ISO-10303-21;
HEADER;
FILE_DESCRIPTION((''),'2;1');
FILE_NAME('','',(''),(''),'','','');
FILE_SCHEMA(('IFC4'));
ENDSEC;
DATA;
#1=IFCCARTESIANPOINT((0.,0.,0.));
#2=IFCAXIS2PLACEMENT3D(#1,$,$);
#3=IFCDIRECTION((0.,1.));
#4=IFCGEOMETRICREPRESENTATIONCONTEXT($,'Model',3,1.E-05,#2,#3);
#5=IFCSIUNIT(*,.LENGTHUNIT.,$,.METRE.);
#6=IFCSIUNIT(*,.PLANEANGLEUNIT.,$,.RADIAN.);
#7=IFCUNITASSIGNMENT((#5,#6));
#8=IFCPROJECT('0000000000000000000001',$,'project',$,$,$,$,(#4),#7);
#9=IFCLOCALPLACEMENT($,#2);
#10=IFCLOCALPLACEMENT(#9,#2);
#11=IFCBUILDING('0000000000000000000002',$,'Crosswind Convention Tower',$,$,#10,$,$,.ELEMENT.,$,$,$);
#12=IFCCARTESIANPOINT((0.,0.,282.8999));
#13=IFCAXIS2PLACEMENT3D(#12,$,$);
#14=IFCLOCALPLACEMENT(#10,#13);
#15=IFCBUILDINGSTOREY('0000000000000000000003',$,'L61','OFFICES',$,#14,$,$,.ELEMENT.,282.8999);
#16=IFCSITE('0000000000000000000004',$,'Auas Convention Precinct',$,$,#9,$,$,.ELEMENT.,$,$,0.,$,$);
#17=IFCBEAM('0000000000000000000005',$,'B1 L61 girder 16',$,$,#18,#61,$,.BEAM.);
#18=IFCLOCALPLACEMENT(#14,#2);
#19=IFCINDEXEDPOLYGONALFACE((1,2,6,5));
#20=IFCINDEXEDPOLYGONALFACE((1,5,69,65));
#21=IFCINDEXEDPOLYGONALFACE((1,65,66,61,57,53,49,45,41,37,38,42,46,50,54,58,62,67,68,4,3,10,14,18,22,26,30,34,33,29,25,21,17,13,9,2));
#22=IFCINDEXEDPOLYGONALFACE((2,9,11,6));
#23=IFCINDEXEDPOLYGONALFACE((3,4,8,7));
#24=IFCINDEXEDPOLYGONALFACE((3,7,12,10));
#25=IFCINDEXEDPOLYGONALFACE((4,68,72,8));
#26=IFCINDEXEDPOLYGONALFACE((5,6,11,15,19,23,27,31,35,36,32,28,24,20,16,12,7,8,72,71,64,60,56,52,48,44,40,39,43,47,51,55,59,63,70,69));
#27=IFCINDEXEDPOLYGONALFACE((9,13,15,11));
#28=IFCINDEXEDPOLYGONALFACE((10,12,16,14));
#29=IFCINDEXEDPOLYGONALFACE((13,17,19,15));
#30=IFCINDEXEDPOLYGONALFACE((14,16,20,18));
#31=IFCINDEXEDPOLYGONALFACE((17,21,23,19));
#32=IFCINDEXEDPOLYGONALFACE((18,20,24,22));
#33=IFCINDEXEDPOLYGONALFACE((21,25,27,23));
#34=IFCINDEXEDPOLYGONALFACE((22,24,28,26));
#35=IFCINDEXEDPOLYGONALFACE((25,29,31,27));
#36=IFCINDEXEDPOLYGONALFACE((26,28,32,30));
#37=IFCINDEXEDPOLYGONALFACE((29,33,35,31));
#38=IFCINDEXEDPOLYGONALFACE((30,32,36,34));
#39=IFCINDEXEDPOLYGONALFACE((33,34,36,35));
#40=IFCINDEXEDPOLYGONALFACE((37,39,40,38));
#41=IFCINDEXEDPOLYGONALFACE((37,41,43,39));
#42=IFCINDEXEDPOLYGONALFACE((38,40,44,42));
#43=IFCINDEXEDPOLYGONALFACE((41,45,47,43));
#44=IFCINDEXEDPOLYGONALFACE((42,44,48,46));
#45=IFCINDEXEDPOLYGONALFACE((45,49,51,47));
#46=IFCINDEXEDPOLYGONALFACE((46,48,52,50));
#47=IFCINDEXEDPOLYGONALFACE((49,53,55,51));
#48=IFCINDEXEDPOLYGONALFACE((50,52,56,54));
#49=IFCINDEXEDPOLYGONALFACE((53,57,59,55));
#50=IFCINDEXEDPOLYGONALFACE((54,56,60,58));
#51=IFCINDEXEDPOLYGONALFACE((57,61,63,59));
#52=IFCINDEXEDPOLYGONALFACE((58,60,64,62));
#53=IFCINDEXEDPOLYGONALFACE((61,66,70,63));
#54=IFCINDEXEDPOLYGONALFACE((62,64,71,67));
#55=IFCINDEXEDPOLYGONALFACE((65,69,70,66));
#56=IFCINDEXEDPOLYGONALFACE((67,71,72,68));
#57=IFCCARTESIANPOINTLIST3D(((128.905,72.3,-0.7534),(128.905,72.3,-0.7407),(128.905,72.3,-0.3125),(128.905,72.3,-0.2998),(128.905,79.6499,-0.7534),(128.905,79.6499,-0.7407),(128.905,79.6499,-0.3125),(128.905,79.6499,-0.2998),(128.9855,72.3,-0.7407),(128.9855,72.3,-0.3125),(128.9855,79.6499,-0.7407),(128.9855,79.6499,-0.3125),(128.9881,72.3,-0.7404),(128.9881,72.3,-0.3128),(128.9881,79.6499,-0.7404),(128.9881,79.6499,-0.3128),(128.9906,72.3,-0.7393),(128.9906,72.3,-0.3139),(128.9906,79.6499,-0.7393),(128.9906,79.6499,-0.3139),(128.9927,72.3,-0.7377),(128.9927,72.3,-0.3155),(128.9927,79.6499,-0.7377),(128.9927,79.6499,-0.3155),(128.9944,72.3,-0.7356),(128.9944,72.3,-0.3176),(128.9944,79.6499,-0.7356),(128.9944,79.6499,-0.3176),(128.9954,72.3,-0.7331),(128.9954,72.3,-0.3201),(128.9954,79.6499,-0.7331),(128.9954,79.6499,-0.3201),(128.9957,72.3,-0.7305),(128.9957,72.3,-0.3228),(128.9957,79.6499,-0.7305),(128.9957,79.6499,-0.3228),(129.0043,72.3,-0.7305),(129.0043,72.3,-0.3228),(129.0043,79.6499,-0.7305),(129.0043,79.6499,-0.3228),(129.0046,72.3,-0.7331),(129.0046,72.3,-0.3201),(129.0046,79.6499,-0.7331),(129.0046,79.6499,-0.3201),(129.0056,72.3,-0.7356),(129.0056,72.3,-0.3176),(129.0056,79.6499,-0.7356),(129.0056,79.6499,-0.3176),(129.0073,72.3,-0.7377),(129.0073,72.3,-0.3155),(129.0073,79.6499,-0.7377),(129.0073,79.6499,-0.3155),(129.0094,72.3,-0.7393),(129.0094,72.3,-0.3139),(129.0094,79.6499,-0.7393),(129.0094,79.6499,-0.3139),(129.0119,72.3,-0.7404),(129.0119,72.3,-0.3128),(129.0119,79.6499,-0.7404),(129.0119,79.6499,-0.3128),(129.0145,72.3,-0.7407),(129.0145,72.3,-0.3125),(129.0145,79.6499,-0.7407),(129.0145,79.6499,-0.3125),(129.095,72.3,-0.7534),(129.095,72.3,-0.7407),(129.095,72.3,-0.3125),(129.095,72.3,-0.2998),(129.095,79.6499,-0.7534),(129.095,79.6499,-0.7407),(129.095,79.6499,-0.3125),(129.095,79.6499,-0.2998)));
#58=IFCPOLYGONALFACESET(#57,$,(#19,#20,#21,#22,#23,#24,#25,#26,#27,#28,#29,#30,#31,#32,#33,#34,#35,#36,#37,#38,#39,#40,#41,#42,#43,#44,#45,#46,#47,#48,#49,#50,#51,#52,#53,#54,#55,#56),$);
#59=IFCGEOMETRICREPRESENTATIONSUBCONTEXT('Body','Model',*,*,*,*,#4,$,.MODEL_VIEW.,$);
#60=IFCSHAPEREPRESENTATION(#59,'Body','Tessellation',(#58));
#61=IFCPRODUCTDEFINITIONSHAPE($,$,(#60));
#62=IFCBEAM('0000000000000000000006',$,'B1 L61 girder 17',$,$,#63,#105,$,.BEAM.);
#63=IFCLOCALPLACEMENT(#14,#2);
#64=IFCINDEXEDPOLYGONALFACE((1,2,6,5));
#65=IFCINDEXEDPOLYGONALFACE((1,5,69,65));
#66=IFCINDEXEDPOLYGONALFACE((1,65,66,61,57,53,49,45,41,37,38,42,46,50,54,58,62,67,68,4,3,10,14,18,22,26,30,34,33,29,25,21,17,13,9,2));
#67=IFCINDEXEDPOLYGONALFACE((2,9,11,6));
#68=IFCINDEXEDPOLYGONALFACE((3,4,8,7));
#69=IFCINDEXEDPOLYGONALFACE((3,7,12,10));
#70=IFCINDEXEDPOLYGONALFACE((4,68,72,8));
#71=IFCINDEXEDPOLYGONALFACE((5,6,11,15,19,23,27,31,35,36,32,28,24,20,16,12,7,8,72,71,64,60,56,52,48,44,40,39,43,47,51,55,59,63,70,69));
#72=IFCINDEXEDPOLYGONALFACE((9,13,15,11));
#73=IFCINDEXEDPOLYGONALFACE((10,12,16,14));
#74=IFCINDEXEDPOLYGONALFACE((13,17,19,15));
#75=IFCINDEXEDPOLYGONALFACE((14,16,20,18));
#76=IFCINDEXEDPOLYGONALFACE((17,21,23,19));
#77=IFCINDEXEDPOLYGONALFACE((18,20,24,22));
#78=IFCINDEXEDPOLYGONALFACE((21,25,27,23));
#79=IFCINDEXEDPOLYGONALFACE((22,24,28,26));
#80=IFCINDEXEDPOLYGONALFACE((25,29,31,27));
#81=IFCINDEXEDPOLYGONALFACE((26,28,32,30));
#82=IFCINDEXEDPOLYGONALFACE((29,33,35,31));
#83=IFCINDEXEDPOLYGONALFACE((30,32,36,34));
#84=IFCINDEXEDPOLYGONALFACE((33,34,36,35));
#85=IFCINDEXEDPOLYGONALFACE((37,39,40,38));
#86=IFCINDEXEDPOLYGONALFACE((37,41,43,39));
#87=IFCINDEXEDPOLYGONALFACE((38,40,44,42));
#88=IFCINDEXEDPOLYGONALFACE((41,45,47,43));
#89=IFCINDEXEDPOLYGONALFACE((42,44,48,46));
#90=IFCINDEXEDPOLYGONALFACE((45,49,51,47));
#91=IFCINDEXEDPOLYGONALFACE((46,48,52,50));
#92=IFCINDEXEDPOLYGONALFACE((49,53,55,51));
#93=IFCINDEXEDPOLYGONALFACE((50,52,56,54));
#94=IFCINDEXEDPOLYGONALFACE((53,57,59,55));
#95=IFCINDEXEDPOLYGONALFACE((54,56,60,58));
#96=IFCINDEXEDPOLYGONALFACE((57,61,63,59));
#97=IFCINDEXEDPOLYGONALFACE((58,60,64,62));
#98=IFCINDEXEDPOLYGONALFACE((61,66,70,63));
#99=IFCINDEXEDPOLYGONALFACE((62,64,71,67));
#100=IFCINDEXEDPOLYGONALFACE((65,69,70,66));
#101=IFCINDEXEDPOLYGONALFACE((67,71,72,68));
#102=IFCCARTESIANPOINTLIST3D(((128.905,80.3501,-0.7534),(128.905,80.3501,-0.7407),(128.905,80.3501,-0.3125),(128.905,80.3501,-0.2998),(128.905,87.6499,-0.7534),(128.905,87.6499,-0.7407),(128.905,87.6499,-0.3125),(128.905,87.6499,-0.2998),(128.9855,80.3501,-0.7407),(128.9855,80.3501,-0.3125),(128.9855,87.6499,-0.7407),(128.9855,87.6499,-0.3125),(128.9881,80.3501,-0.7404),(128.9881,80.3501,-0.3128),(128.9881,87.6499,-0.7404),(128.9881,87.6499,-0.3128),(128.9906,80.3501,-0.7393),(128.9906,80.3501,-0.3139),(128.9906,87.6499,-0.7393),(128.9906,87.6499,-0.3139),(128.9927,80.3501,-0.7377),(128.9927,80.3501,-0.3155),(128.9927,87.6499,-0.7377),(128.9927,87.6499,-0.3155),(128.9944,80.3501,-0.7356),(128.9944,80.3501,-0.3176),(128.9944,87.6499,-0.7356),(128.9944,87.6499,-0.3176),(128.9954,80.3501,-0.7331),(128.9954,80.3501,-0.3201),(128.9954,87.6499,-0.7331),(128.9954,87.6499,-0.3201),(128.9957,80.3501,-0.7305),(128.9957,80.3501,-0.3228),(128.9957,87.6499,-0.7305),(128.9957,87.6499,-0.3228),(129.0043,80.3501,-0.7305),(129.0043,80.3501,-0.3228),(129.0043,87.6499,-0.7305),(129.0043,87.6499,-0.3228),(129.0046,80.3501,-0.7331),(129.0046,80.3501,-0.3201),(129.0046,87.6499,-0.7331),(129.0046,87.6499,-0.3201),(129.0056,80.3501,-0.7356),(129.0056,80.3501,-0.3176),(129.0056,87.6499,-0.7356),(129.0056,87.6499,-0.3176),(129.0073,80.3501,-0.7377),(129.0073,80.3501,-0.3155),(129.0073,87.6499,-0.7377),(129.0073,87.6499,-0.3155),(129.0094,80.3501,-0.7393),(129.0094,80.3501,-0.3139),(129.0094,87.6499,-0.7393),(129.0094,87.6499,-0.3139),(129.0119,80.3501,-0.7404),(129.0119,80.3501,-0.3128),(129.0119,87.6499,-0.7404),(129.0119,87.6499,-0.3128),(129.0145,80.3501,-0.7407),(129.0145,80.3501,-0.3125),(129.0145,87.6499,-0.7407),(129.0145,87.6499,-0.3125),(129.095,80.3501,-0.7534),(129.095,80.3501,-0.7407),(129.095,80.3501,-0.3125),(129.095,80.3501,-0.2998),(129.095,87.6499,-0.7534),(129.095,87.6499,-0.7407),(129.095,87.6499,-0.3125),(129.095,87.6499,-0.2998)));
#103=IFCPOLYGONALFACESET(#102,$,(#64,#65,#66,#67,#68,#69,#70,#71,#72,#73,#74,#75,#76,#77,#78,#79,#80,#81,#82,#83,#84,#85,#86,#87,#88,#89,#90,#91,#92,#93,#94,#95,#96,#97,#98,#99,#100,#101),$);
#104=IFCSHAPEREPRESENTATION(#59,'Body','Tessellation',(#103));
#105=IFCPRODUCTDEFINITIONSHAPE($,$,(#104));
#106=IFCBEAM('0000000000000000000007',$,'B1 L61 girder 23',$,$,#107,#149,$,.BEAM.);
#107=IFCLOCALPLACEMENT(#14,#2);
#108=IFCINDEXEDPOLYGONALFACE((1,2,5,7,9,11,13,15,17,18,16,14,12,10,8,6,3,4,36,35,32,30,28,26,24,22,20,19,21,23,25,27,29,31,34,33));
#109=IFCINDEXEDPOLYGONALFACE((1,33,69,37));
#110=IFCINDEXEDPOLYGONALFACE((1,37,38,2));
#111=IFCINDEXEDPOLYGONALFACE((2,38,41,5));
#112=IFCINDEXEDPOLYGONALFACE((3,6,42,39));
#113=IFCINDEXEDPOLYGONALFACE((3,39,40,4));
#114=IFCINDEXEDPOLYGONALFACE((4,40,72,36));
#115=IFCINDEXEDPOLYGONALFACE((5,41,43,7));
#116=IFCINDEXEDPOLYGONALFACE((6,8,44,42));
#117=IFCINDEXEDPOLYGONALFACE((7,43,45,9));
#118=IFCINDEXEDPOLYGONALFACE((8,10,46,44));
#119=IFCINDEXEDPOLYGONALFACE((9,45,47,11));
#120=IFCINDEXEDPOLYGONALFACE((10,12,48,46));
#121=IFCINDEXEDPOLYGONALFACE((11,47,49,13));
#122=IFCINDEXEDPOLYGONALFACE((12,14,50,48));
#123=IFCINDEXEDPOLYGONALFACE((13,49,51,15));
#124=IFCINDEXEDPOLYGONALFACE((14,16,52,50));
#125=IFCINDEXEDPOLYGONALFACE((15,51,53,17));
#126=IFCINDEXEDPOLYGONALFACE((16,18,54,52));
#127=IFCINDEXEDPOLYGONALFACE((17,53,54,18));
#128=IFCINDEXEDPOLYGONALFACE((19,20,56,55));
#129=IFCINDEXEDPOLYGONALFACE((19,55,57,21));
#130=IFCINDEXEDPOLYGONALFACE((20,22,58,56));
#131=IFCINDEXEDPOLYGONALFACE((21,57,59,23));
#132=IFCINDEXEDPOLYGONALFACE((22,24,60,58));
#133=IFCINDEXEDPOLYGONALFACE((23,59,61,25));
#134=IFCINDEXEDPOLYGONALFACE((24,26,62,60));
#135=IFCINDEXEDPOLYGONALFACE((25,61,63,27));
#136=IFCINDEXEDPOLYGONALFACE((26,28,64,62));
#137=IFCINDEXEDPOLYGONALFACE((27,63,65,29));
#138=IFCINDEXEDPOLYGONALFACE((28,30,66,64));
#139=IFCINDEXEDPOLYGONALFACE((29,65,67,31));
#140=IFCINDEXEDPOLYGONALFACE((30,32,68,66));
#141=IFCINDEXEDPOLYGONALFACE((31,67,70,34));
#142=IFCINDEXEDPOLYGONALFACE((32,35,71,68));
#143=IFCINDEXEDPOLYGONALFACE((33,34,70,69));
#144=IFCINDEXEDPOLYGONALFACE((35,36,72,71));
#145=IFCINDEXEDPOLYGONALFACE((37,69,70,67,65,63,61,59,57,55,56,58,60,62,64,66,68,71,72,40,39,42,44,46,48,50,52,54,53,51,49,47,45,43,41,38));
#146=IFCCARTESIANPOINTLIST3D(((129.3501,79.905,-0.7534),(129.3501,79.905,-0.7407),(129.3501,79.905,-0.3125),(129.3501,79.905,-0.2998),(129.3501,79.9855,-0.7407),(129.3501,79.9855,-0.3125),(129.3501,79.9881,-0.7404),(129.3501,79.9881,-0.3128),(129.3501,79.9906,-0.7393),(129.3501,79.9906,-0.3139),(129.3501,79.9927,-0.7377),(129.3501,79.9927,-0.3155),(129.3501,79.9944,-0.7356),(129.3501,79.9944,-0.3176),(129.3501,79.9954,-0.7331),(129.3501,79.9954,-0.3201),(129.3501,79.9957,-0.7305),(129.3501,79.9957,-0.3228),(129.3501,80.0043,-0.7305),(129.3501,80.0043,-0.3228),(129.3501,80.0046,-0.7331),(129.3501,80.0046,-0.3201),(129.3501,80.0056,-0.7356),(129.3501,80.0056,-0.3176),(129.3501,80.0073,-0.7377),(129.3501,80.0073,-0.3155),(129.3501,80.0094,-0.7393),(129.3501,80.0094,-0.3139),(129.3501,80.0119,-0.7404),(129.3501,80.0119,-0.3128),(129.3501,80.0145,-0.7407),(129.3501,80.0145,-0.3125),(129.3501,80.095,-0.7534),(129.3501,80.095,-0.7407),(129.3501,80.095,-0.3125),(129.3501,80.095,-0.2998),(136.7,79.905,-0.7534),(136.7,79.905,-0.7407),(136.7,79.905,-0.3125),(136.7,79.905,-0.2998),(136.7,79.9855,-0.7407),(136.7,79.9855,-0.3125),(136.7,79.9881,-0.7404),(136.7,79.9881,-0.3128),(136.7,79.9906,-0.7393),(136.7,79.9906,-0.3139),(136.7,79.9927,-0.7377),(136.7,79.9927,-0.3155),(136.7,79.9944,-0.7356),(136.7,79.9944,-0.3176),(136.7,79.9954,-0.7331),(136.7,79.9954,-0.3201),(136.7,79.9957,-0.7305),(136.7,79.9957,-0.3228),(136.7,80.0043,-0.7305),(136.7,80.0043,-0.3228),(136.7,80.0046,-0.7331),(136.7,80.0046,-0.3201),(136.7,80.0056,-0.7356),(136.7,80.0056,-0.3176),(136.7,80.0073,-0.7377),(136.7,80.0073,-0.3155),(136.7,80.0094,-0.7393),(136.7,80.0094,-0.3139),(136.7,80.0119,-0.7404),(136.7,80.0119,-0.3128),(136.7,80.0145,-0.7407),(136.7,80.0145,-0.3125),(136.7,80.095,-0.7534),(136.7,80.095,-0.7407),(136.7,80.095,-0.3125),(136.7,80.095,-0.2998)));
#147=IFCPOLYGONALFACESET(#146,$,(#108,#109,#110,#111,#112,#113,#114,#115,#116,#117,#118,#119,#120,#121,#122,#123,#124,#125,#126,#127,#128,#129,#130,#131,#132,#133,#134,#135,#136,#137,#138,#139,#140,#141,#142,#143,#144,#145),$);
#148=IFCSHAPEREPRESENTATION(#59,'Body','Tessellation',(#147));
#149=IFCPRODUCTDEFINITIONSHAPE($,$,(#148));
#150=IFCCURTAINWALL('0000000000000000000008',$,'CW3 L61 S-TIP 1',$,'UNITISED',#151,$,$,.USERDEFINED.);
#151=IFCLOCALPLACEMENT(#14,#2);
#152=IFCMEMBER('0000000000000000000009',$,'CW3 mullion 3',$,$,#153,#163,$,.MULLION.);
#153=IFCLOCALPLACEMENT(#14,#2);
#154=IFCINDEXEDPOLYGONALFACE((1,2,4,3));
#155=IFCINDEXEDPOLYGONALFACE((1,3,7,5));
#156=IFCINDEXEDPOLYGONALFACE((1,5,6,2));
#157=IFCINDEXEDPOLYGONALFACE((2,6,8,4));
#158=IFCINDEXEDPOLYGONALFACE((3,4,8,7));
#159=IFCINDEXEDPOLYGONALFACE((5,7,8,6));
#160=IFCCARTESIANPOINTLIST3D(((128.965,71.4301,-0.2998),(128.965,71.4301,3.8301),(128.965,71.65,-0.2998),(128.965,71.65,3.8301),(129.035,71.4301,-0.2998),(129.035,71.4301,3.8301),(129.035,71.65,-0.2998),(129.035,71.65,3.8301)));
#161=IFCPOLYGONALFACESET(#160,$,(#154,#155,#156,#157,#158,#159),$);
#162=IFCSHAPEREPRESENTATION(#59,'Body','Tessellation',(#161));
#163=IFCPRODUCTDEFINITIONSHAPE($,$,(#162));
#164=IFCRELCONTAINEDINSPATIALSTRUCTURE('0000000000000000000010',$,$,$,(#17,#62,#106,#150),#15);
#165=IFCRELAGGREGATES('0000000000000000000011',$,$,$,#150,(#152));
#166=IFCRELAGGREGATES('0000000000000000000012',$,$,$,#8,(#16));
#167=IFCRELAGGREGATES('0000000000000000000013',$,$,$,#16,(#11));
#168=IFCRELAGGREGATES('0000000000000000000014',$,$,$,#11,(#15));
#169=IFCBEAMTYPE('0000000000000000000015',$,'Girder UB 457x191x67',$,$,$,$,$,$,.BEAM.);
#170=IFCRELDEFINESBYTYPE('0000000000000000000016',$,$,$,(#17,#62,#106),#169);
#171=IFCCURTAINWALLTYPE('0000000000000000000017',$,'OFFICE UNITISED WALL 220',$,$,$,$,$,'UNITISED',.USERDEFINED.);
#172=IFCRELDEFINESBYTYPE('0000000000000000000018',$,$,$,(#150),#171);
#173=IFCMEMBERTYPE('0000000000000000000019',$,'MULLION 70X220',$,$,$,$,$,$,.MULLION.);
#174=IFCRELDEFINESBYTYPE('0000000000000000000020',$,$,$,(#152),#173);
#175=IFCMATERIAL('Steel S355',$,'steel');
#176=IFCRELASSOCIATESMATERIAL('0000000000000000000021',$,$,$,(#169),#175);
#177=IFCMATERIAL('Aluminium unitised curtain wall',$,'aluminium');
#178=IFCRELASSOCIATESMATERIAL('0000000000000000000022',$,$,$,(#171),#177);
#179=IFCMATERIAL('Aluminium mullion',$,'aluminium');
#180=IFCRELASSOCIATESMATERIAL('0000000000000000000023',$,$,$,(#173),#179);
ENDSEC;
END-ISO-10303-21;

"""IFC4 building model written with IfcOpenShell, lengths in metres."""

from ifc_helpers import new_model, si_unit, direction, frame, origin, origin_2d, place, context, subcontext, project, spatial, rectangle, i_section, extrude, material, material_profile, profile_set, type_object, element, aggregate, save


model = new_model("IFC4")

# Units and contexts
model_context = context("Model", 3, precision=1e-05, world=origin(), true_north=direction((0.0, 1.0)))
body_context = subcontext(model_context, "Body", "Model", "MODEL_VIEW")
ifc_project = project(units=[si_unit("LENGTHUNIT", "METRE"), si_unit("PLANEANGLEUNIT", "RADIAN")], contexts=[model_context])

# Site, building, storey
site_placement = place(None, origin())
site = spatial("IfcSite", under=ifc_project, at=site_placement, Name="Auas Convention Precinct", CompositionType="ELEMENT", RefElevation=0.0)
building_placement = place(site_placement, origin())
building = spatial("IfcBuilding", under=site, at=building_placement, Name="Crosswind Convention Tower", CompositionType="ELEMENT")
storey_placement = place(building_placement, frame((0.0, 0.0, 282.8999)))
storey = spatial("IfcBuildingStorey", under=building, at=storey_placement, Name="L61", Description="OFFICES", CompositionType="ELEMENT", Elevation=282.8999)

# Beams
ifc_material_1 = material(Name="Steel S355", Category="steel")
ifc_material_profile_1 = material_profile(ifc_material_1, i_section(OverallWidth=0.1899, OverallDepth=0.4536, WebThickness=0.0085, FlangeThickness=0.0127, FilletRadius=0.0103, at=origin_2d()), Name="UB 457x191x67")
ifc_profile_set_1 = profile_set([ifc_material_profile_1], Name="Steel S355")
beam_type_1 = type_object("IfcBeamType", Name="Girder UB 457x191x67", PredefinedType="BEAM", material=ifc_profile_set_1)
beam_1_placement = place(storey_placement, frame((129.0, 72.3, -0.5266), z_axis=(0.0, 1.0, 0.0), x_axis=(-1.0, 0.0, 0.0)))
element("IfcBeam", 1, at=beam_1_placement, inside=storey, type_object=beam_type_1, Name="B1 L61 girder 16", PredefinedType="BEAM", context=body_context, shape_type="SweptSolid", body=[
    extrude(i_section(OverallWidth=0.1899, OverallDepth=0.4536, WebThickness=0.0085, FlangeThickness=0.0127, FilletRadius=0.0103, at=origin_2d()), origin(), (0.0, 0.0, 1.0), 7.3499),
])
beam_2_placement = place(storey_placement, frame((129.0, 80.3501, -0.5266), z_axis=(0.0, 1.0, 0.0), x_axis=(-1.0, 0.0, 0.0)))
element("IfcBeam", 2, at=beam_2_placement, inside=storey, type_object=beam_type_1, Name="B1 L61 girder 17", PredefinedType="BEAM", context=body_context, shape_type="SweptSolid", body=[
    extrude(i_section(OverallWidth=0.1899, OverallDepth=0.4536, WebThickness=0.0085, FlangeThickness=0.0127, FilletRadius=0.0103, at=origin_2d()), origin(), (0.0, 0.0, 1.0), 7.2998),
])
beam_3_placement = place(storey_placement, frame((129.3501, 80.0, -0.5266), z_axis=(1.0, 0.0, 0.0), x_axis=(0.0, 1.0, 0.0)))
element("IfcBeam", 3, at=beam_3_placement, inside=storey, type_object=beam_type_1, Name="B1 L61 girder 23", PredefinedType="BEAM", context=body_context, shape_type="SweptSolid", body=[
    extrude(i_section(OverallWidth=0.1899, OverallDepth=0.4536, WebThickness=0.0085, FlangeThickness=0.0127, FilletRadius=0.0103, at=origin_2d()), origin(), (0.0, 0.0, 1.0), 7.3499),
])

# Curtain wall, member
ifc_material_2 = material(Name="Aluminium unitised curtain wall", Category="aluminium")
curtain_wall_type = type_object("IfcCurtainWallType", Name="OFFICE UNITISED WALL 220", ElementType="UNITISED", PredefinedType="USERDEFINED", material=ifc_material_2)
curtain_wall_placement = place(storey_placement, origin())
curtain_wall = element("IfcCurtainWall", 4, at=curtain_wall_placement, inside=storey, type_object=curtain_wall_type, Name="CW3 L61 S-TIP 1", ObjectType="UNITISED", PredefinedType="USERDEFINED")
ifc_material_3 = material(Name="Aluminium mullion", Category="aluminium")
ifc_material_profile_2 = material_profile(ifc_material_3, rectangle(XDim=0.22, YDim=0.0701, at=origin_2d()), Name="AL 220X70")
ifc_profile_set_2 = profile_set([ifc_material_profile_2], Name="Aluminium mullion")
member_type = type_object("IfcMemberType", Name="MULLION 70X220", PredefinedType="MULLION", material=ifc_profile_set_2)
member_placement = place(storey_placement, frame((129.0, 71.54, -0.2998), z_axis=(0.0, 0.0, 1.0), x_axis=(0.0, -1.0, 0.0)))
member = element("IfcMember", 5, at=member_placement, type_object=member_type, Name="CW3 mullion 3", PredefinedType="MULLION", context=body_context, shape_type="SweptSolid", body=[
    extrude(rectangle(XDim=0.22, YDim=0.0701, at=origin_2d()), origin(), (0.0, 0.0, 1.0), 4.1299),
])

aggregate(curtain_wall, [member])

save(model, "model.ifc")
